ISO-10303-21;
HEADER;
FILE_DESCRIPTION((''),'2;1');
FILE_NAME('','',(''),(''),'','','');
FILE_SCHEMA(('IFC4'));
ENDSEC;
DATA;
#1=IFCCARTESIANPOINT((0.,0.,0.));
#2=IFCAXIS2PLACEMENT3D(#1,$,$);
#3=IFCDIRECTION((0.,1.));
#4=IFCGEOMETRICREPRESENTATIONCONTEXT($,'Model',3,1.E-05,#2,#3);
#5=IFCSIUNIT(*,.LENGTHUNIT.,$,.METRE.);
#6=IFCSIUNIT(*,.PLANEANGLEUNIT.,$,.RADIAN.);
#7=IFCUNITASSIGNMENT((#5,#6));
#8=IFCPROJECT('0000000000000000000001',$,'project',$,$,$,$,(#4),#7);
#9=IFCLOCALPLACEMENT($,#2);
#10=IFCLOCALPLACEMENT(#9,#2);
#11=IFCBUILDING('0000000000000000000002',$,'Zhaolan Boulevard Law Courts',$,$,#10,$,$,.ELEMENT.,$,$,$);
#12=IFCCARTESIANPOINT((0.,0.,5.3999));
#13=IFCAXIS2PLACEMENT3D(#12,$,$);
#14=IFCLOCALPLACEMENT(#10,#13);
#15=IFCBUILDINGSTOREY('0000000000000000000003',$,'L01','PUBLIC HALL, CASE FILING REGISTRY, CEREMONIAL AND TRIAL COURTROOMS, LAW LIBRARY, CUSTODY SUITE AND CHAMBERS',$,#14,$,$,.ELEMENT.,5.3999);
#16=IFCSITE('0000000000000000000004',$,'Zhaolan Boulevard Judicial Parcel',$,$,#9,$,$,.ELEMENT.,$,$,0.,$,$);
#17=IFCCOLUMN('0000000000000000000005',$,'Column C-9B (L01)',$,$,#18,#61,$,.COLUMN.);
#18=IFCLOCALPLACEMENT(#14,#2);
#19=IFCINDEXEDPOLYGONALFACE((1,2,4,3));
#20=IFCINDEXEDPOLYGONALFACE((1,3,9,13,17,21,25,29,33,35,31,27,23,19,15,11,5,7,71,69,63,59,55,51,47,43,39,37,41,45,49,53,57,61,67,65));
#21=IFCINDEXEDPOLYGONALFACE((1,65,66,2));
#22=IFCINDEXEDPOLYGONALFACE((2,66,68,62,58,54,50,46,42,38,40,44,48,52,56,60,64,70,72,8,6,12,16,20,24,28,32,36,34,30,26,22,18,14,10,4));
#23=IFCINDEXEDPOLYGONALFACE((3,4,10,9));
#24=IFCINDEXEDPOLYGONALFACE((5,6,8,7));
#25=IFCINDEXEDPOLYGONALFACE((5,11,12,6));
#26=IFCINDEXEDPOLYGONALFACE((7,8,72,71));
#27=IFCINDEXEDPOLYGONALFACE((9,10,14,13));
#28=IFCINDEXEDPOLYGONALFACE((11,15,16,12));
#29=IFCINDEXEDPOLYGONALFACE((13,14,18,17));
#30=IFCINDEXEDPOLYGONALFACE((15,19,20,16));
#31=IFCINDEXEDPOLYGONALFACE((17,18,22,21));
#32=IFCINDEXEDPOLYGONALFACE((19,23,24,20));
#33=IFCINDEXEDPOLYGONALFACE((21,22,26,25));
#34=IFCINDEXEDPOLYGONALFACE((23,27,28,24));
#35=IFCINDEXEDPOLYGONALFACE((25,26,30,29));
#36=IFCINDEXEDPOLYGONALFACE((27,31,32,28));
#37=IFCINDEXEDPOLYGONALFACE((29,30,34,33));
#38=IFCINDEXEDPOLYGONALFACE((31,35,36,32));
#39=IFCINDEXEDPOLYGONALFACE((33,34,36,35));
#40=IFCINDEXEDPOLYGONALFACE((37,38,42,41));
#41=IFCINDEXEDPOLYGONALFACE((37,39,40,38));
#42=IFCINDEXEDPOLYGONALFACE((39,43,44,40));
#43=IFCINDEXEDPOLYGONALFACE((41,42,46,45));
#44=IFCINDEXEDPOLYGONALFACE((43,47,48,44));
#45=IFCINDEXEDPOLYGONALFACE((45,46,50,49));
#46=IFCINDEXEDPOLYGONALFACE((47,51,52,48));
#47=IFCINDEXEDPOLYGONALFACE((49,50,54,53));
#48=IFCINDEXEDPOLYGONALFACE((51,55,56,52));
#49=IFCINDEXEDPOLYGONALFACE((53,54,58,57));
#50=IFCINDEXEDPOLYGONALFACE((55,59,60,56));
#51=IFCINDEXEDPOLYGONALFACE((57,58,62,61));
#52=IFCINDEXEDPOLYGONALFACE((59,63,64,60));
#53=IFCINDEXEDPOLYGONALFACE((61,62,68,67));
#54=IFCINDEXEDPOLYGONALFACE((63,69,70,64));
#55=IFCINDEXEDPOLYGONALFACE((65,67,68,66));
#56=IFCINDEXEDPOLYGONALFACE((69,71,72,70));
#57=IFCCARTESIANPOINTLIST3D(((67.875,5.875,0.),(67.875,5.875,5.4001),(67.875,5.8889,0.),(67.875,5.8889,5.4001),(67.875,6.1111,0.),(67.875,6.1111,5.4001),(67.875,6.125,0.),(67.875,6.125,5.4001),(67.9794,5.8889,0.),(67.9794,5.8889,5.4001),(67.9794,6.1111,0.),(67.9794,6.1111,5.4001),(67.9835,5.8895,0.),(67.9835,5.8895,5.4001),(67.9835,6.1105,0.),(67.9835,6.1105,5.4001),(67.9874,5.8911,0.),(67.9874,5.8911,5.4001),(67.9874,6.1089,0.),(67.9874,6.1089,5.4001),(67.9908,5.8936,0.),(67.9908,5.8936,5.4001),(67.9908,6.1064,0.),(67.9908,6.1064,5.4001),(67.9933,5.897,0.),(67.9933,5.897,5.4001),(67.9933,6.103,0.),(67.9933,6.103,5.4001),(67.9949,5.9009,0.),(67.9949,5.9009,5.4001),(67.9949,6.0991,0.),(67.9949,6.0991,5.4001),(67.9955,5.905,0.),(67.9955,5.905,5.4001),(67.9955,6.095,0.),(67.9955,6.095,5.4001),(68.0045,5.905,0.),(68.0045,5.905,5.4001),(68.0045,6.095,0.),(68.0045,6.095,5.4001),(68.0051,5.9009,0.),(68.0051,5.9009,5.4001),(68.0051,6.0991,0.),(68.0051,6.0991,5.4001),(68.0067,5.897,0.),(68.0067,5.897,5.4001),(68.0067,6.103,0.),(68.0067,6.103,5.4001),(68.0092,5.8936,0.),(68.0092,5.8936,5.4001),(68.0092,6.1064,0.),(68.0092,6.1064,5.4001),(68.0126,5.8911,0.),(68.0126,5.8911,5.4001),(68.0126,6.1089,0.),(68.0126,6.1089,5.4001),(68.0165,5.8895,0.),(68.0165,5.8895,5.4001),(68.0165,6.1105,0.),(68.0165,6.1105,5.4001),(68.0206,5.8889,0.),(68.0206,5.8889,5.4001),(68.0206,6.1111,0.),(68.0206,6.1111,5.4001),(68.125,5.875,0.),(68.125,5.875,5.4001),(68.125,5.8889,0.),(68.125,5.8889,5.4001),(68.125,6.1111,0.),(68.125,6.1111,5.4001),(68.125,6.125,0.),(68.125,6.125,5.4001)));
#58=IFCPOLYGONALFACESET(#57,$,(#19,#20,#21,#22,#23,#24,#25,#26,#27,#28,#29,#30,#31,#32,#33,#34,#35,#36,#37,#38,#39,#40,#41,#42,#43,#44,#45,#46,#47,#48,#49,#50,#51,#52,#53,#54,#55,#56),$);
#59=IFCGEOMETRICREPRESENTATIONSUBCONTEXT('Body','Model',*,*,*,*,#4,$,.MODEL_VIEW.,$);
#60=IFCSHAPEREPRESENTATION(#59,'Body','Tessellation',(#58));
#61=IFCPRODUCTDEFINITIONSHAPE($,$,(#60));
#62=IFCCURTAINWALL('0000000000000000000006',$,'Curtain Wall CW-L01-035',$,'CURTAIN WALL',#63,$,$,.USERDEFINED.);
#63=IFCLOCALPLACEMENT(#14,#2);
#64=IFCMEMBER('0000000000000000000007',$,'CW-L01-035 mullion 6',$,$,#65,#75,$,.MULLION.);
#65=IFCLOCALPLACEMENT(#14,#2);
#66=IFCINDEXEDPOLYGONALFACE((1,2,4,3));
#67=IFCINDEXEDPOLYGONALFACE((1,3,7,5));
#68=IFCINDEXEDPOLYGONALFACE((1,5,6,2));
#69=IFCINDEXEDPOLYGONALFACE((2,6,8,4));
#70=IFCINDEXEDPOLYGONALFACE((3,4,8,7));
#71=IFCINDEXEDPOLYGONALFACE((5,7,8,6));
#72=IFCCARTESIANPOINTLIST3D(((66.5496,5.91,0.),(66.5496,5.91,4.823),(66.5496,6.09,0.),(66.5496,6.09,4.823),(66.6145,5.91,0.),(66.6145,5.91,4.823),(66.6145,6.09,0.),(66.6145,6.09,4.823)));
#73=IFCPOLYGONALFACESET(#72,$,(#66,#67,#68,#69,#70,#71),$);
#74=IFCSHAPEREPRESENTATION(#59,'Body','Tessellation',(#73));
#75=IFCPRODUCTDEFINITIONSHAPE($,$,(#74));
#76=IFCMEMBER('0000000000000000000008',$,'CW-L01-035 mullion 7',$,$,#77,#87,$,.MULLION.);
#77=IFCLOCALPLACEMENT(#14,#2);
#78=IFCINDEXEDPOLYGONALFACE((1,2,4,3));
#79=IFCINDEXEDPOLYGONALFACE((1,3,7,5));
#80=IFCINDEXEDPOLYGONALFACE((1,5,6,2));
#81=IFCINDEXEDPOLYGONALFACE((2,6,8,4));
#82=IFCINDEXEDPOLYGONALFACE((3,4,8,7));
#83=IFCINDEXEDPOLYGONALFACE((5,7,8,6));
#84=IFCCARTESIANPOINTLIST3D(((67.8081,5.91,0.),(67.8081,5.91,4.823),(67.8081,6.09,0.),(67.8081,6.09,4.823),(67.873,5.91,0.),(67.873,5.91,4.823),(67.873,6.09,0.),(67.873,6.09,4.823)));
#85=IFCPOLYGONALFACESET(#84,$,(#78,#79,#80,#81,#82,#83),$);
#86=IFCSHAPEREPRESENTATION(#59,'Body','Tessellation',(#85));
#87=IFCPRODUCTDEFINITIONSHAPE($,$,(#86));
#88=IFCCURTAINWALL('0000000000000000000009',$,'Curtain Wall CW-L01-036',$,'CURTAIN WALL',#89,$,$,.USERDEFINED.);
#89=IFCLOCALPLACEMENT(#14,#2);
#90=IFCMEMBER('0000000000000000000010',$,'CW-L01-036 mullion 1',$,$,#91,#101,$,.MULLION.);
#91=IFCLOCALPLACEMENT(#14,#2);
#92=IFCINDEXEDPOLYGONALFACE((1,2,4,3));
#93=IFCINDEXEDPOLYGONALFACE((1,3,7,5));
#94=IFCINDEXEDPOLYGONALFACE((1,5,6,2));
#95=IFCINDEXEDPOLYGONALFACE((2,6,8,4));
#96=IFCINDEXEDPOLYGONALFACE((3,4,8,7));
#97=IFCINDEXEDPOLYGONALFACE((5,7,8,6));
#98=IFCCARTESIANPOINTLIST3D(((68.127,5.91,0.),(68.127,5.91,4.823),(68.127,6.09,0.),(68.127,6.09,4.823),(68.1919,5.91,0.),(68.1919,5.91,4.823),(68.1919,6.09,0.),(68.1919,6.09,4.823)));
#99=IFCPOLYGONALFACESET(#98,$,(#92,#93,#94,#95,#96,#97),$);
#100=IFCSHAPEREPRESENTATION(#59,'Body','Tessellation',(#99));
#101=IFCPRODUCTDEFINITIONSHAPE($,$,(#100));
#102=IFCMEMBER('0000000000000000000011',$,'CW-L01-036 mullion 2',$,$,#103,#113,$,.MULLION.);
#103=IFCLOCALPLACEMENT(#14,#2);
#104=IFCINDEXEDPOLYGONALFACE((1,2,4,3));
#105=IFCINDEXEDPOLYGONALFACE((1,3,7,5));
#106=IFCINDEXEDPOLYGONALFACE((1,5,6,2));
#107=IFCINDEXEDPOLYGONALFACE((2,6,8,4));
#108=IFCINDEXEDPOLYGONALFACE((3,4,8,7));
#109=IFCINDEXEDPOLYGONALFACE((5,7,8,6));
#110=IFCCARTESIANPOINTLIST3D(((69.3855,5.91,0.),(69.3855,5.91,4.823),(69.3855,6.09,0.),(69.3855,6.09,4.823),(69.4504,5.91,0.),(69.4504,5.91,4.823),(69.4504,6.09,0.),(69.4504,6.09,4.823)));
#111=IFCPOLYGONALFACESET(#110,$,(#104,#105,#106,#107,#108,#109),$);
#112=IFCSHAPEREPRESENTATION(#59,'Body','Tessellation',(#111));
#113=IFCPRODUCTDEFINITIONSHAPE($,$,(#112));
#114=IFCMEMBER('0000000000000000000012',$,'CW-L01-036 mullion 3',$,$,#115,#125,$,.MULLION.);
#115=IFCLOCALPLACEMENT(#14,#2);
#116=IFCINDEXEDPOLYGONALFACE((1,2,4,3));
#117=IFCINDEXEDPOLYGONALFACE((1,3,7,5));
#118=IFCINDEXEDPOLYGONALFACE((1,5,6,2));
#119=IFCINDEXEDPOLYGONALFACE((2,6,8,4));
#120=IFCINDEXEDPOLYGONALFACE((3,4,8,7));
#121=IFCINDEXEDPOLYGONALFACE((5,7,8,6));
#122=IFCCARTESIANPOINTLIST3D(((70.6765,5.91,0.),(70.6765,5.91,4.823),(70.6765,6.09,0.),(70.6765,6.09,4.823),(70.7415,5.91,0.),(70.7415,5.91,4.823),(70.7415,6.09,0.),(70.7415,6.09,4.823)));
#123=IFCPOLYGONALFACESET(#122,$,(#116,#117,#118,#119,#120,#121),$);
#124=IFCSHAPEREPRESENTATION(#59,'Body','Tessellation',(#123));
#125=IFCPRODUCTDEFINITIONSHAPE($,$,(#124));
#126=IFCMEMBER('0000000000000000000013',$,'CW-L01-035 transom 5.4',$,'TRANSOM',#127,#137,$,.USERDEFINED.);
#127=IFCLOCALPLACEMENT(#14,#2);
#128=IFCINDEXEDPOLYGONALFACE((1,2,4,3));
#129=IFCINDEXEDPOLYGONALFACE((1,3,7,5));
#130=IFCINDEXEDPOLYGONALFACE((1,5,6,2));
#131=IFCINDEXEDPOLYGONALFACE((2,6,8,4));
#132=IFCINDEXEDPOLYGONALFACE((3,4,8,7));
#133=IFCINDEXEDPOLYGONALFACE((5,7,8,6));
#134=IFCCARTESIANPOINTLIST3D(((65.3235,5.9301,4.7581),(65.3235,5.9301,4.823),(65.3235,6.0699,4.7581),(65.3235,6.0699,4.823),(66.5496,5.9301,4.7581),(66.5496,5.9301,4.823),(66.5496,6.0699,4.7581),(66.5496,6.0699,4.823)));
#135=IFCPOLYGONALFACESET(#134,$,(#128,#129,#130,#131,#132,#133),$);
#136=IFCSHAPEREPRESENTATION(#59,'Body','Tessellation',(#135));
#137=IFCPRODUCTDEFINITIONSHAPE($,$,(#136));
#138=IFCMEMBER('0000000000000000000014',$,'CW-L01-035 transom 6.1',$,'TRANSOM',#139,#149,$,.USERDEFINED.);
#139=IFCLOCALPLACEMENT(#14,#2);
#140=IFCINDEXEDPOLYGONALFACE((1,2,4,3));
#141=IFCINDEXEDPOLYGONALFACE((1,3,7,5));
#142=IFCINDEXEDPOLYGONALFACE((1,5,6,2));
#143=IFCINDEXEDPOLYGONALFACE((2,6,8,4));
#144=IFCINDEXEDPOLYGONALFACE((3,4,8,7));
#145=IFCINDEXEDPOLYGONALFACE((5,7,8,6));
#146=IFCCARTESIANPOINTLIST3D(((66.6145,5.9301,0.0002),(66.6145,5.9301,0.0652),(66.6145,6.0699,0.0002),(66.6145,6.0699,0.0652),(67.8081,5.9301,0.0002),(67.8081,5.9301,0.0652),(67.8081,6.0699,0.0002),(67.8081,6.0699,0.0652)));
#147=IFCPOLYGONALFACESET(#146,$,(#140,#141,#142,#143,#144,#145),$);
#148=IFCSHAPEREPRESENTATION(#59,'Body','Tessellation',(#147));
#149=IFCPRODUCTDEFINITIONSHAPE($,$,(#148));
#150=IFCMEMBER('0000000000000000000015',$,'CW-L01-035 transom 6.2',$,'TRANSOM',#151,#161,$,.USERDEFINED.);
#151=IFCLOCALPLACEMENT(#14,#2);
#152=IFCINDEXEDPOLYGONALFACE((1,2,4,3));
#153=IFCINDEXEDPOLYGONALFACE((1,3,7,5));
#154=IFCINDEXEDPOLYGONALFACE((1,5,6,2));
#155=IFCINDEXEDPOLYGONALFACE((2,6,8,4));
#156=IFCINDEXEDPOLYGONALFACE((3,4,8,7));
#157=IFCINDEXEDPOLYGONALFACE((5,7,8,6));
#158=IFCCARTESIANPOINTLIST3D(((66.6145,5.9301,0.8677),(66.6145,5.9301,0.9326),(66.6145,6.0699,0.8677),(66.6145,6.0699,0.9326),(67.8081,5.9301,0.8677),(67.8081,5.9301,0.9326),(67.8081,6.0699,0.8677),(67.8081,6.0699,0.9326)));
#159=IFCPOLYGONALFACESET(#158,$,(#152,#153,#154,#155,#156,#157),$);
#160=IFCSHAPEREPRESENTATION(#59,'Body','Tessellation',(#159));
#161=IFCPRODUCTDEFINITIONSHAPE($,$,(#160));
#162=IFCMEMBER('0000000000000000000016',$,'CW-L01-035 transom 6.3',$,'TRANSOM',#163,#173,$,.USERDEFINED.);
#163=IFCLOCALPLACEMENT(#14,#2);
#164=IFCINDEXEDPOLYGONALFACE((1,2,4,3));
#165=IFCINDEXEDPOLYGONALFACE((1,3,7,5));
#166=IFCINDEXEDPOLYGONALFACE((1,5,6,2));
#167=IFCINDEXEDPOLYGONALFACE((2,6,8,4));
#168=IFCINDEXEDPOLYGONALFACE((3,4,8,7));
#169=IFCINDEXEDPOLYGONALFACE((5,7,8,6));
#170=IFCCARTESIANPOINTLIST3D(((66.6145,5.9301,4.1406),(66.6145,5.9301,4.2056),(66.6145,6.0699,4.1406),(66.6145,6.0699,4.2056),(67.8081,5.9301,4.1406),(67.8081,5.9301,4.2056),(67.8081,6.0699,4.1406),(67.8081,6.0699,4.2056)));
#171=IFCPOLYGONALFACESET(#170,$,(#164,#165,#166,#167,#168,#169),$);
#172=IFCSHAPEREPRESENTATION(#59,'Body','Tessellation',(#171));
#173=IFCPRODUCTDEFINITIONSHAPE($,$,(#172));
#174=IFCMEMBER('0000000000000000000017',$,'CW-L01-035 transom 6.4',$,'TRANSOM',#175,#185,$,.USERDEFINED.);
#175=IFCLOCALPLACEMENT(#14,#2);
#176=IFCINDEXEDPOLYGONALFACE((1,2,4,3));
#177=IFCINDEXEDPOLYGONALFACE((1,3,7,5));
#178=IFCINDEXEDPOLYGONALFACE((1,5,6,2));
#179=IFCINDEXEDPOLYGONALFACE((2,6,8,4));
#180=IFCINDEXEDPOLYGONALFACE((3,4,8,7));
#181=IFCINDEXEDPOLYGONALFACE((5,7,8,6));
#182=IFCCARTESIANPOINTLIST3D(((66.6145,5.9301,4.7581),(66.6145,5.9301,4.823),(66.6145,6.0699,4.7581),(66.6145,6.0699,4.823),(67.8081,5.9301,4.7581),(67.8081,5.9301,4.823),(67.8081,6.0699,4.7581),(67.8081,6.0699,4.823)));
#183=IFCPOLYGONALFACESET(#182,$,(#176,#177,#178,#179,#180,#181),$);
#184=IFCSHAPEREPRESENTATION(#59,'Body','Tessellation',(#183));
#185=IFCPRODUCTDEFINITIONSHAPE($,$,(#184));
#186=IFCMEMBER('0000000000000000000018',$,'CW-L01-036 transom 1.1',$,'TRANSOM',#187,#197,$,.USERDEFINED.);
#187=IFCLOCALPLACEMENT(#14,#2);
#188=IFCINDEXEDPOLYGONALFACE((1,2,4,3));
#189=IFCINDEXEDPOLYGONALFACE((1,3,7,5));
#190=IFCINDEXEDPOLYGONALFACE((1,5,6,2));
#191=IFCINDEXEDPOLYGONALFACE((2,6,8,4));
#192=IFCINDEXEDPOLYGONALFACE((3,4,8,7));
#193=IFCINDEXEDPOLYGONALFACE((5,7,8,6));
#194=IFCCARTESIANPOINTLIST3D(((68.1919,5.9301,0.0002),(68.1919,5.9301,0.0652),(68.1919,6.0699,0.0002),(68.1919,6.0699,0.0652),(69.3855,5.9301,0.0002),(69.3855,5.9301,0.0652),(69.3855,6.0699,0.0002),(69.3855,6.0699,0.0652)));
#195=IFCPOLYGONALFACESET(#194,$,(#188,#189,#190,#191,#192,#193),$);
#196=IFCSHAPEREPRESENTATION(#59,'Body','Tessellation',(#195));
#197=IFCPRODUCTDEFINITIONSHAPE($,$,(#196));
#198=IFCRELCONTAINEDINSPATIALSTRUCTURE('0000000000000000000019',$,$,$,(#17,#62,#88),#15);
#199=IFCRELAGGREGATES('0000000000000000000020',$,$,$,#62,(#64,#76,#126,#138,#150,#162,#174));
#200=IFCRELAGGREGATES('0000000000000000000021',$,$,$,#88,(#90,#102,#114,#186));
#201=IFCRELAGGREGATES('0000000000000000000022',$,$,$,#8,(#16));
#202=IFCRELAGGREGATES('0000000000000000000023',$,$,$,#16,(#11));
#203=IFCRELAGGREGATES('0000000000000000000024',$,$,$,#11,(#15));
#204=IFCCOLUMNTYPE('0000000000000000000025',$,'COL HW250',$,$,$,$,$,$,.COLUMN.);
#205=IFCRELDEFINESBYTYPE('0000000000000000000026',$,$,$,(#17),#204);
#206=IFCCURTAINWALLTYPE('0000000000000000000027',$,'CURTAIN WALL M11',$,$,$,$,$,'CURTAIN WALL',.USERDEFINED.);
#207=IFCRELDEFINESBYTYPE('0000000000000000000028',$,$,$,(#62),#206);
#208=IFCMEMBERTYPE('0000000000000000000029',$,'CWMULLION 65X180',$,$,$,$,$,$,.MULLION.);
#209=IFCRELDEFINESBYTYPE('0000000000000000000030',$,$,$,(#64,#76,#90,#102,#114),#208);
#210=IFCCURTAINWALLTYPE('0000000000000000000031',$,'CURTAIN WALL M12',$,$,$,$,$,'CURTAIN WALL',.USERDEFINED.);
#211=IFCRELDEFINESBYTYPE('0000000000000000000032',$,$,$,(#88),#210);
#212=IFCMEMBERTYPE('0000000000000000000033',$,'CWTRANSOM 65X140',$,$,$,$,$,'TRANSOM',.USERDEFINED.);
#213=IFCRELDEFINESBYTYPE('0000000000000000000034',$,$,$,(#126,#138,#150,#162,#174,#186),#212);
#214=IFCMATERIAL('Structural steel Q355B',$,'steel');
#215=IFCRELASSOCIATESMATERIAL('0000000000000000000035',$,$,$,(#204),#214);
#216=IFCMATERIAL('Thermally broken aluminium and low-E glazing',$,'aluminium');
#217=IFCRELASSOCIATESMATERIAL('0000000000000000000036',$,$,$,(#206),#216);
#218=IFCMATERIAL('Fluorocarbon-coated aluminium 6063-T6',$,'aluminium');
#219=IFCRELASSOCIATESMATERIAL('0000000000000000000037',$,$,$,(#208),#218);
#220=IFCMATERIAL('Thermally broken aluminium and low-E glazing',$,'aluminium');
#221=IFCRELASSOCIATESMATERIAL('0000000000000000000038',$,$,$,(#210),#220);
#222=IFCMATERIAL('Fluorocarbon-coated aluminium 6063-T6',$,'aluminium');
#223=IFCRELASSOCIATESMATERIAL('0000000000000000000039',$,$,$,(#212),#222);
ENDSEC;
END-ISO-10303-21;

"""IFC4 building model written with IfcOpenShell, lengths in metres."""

from ifc_helpers import new_model, si_unit, direction, frame, origin, origin_2d, place, context, subcontext, project, spatial, rectangle, i_section, extrude, material, material_profile, profile_set, type_object, element, aggregate, save


model = new_model("IFC4")

# Units and contexts
model_context = context("Model", 3, precision=1e-05, world=origin(), true_north=direction((0.0, 1.0)))
body_context = subcontext(model_context, "Body", "Model", "MODEL_VIEW")
ifc_project = project(units=[si_unit("LENGTHUNIT", "METRE"), si_unit("PLANEANGLEUNIT", "RADIAN")], contexts=[model_context])

# Site, building, storey
site_placement = place(None, origin())
site = spatial("IfcSite", under=ifc_project, at=site_placement, Name="Zhaolan Boulevard Judicial Parcel", CompositionType="ELEMENT", RefElevation=0.0)
building_placement = place(site_placement, origin())
building = spatial("IfcBuilding", under=site, at=building_placement, Name="Zhaolan Boulevard Law Courts", CompositionType="ELEMENT")
storey_placement = place(building_placement, frame((0.0, 0.0, 5.3999)))
storey = spatial("IfcBuildingStorey", under=building, at=storey_placement, Name="L01", Description="PUBLIC HALL, CASE FILING REGISTRY, CEREMONIAL AND TRIAL COURTROOMS, LAW LIBRARY, CUSTODY SUITE AND CHAMBERS", CompositionType="ELEMENT", Elevation=5.3999)

# Column
ifc_material_1 = material(Name="Structural steel Q355B", Category="steel")
ifc_material_profile_1 = material_profile(ifc_material_1, i_section(OverallWidth=0.25, OverallDepth=0.25, WebThickness=0.009, FlangeThickness=0.0139, FilletRadius=0.0161, at=origin_2d()), Name="HW250x250")
ifc_profile_set_1 = profile_set([ifc_material_profile_1], Name="Structural steel Q355B")
column_type = type_object("IfcColumnType", Name="COL HW250", PredefinedType="COLUMN", material=ifc_profile_set_1)
column_placement = place(storey_placement, frame((68.0, 6.0, 0.0), z_axis=(0.0, 0.0, 1.0), x_axis=(1.0, 0.0, 0.0)))
element("IfcColumn", 1, at=column_placement, inside=storey, type_object=column_type, Name="Column C-9B (L01)", PredefinedType="COLUMN", context=body_context, shape_type="SweptSolid", body=[
    extrude(i_section(OverallWidth=0.25, OverallDepth=0.25, WebThickness=0.009, FlangeThickness=0.0139, FilletRadius=0.0161, at=origin_2d()), origin(), (0.0, 0.0, 1.0), 5.4001),
])

# Curtain walls, members
ifc_material_2 = material(Name="Thermally broken aluminium and low-E glazing", Category="aluminium")
curtain_wall_type_1 = type_object("IfcCurtainWallType", Name="CURTAIN WALL M11", ElementType="CURTAIN WALL", PredefinedType="USERDEFINED", material=ifc_material_2)
curtain_wall_1_placement = place(storey_placement, origin())
curtain_wall_1 = element("IfcCurtainWall", 2, at=curtain_wall_1_placement, inside=storey, type_object=curtain_wall_type_1, Name="Curtain Wall CW-L01-035", ObjectType="CURTAIN WALL", PredefinedType="USERDEFINED")
ifc_material_3 = material(Name="Fluorocarbon-coated aluminium 6063-T6", Category="aluminium")
ifc_material_profile_2 = material_profile(ifc_material_3, rectangle(XDim=0.1799, YDim=0.0649, at=origin_2d()), Name="AL65x180")
ifc_profile_set_2 = profile_set([ifc_material_profile_2], Name="Fluorocarbon-coated aluminium 6063-T6")
member_type_1 = type_object("IfcMemberType", Name="CWMULLION 65X180", PredefinedType="MULLION", material=ifc_profile_set_2)
member_1_placement = place(storey_placement, frame((66.582, 6.0, 0.0), z_axis=(0.0, 0.0, 1.0), x_axis=(0.0, 1.0, 0.0)))
member_1 = element("IfcMember", 3, at=member_1_placement, type_object=member_type_1, Name="CW-L01-035 mullion 6", PredefinedType="MULLION", context=body_context, shape_type="SweptSolid", body=[
    extrude(rectangle(XDim=0.1799, YDim=0.0649, at=origin_2d()), origin(), (0.0, 0.0, 1.0), 4.823),
])
member_2_placement = place(storey_placement, frame((67.8406, 6.0, 0.0), z_axis=(0.0, 0.0, 1.0), x_axis=(0.0, 1.0, 0.0)))
member_2 = element("IfcMember", 4, at=member_2_placement, type_object=member_type_1, Name="CW-L01-035 mullion 7", PredefinedType="MULLION", context=body_context, shape_type="SweptSolid", body=[
    extrude(rectangle(XDim=0.1799, YDim=0.0649, at=origin_2d()), origin(), (0.0, 0.0, 1.0), 4.823),
])
ifc_material_4 = material(Name="Thermally broken aluminium and low-E glazing", Category="aluminium")
curtain_wall_type_2 = type_object("IfcCurtainWallType", Name="CURTAIN WALL M12", ElementType="CURTAIN WALL", PredefinedType="USERDEFINED", material=ifc_material_4)
curtain_wall_2_placement = place(storey_placement, origin())
curtain_wall_2 = element("IfcCurtainWall", 5, at=curtain_wall_2_placement, inside=storey, type_object=curtain_wall_type_2, Name="Curtain Wall CW-L01-036", ObjectType="CURTAIN WALL", PredefinedType="USERDEFINED")
member_3_placement = place(storey_placement, frame((68.1594, 6.0, 0.0), z_axis=(0.0, 0.0, 1.0), x_axis=(0.0, 1.0, 0.0)))
member_3 = element("IfcMember", 6, at=member_3_placement, type_object=member_type_1, Name="CW-L01-036 mullion 1", PredefinedType="MULLION", context=body_context, shape_type="SweptSolid", body=[
    extrude(rectangle(XDim=0.1799, YDim=0.0649, at=origin_2d()), origin(), (0.0, 0.0, 1.0), 4.823),
])
member_4_placement = place(storey_placement, frame((69.418, 6.0, 0.0), z_axis=(0.0, 0.0, 1.0), x_axis=(0.0, 1.0, 0.0)))
member_4 = element("IfcMember", 7, at=member_4_placement, type_object=member_type_1, Name="CW-L01-036 mullion 2", PredefinedType="MULLION", context=body_context, shape_type="SweptSolid", body=[
    extrude(rectangle(XDim=0.1799, YDim=0.0649, at=origin_2d()), origin(), (0.0, 0.0, 1.0), 4.823),
])
member_5_placement = place(storey_placement, frame((70.709, 6.0, 0.0), z_axis=(0.0, 0.0, 1.0), x_axis=(0.0, 1.0, 0.0)))
member_5 = element("IfcMember", 8, at=member_5_placement, type_object=member_type_1, Name="CW-L01-036 mullion 3", PredefinedType="MULLION", context=body_context, shape_type="SweptSolid", body=[
    extrude(rectangle(XDim=0.1799, YDim=0.0649, at=origin_2d()), origin(), (0.0, 0.0, 1.0), 4.823),
])

# Members
ifc_material_5 = material(Name="Fluorocarbon-coated aluminium 6063-T6", Category="aluminium")
ifc_material_profile_3 = material_profile(ifc_material_5, rectangle(XDim=0.1399, YDim=0.0649, at=origin_2d()), Name="AL65x140")
ifc_profile_set_3 = profile_set([ifc_material_profile_3], Name="Fluorocarbon-coated aluminium 6063-T6")
member_type_2 = type_object("IfcMemberType", Name="CWTRANSOM 65X140", ElementType="TRANSOM", PredefinedType="USERDEFINED", material=ifc_profile_set_3)
member_6_placement = place(storey_placement, frame((65.3235, 6.0, 4.7905), z_axis=(1.0, 0.0, 0.0), x_axis=(0.0, 1.0, 0.0)))
member_6 = element("IfcMember", 9, at=member_6_placement, type_object=member_type_2, Name="CW-L01-035 transom 5.4", ObjectType="TRANSOM", PredefinedType="USERDEFINED", context=body_context, shape_type="SweptSolid", body=[
    extrude(rectangle(XDim=0.1399, YDim=0.0649, at=origin_2d()), origin(), (0.0, 0.0, 1.0), 1.2261),
])
member_7_placement = place(storey_placement, frame((66.6145, 6.0, 0.0327), z_axis=(1.0, 0.0, 0.0), x_axis=(0.0, 1.0, 0.0)))
member_7 = element("IfcMember", 10, at=member_7_placement, type_object=member_type_2, Name="CW-L01-035 transom 6.1", ObjectType="TRANSOM", PredefinedType="USERDEFINED", context=body_context, shape_type="SweptSolid", body=[
    extrude(rectangle(XDim=0.1399, YDim=0.0649, at=origin_2d()), origin(), (0.0, 0.0, 1.0), 1.1936),
])
member_8_placement = place(storey_placement, frame((66.6145, 6.0, 0.9001), z_axis=(1.0, 0.0, 0.0), x_axis=(0.0, 1.0, 0.0)))
member_8 = element("IfcMember", 11, at=member_8_placement, type_object=member_type_2, Name="CW-L01-035 transom 6.2", ObjectType="TRANSOM", PredefinedType="USERDEFINED", context=body_context, shape_type="SweptSolid", body=[
    extrude(rectangle(XDim=0.1399, YDim=0.0649, at=origin_2d()), origin(), (0.0, 0.0, 1.0), 1.1936),
])
member_9_placement = place(storey_placement, frame((66.6145, 6.0, 4.1731), z_axis=(1.0, 0.0, 0.0), x_axis=(0.0, 1.0, 0.0)))
member_9 = element("IfcMember", 12, at=member_9_placement, type_object=member_type_2, Name="CW-L01-035 transom 6.3", ObjectType="TRANSOM", PredefinedType="USERDEFINED", context=body_context, shape_type="SweptSolid", body=[
    extrude(rectangle(XDim=0.1399, YDim=0.0649, at=origin_2d()), origin(), (0.0, 0.0, 1.0), 1.1936),
])
member_10_placement = place(storey_placement, frame((66.6145, 6.0, 4.7905), z_axis=(1.0, 0.0, 0.0), x_axis=(0.0, 1.0, 0.0)))
member_10 = element("IfcMember", 13, at=member_10_placement, type_object=member_type_2, Name="CW-L01-035 transom 6.4", ObjectType="TRANSOM", PredefinedType="USERDEFINED", context=body_context, shape_type="SweptSolid", body=[
    extrude(rectangle(XDim=0.1399, YDim=0.0649, at=origin_2d()), origin(), (0.0, 0.0, 1.0), 1.1936),
])
member_11_placement = place(storey_placement, frame((68.1919, 6.0, 0.0327), z_axis=(1.0, 0.0, 0.0), x_axis=(0.0, 1.0, 0.0)))
member_11 = element("IfcMember", 14, at=member_11_placement, type_object=member_type_2, Name="CW-L01-036 transom 1.1", ObjectType="TRANSOM", PredefinedType="USERDEFINED", context=body_context, shape_type="SweptSolid", body=[
    extrude(rectangle(XDim=0.1399, YDim=0.0649, at=origin_2d()), origin(), (0.0, 0.0, 1.0), 1.1936),
])

aggregate(curtain_wall_1, [member_1, member_2, member_6, member_7, member_8, member_9, member_10])
aggregate(curtain_wall_2, [member_3, member_4, member_5, member_11])

save(model, "model.ifc")
